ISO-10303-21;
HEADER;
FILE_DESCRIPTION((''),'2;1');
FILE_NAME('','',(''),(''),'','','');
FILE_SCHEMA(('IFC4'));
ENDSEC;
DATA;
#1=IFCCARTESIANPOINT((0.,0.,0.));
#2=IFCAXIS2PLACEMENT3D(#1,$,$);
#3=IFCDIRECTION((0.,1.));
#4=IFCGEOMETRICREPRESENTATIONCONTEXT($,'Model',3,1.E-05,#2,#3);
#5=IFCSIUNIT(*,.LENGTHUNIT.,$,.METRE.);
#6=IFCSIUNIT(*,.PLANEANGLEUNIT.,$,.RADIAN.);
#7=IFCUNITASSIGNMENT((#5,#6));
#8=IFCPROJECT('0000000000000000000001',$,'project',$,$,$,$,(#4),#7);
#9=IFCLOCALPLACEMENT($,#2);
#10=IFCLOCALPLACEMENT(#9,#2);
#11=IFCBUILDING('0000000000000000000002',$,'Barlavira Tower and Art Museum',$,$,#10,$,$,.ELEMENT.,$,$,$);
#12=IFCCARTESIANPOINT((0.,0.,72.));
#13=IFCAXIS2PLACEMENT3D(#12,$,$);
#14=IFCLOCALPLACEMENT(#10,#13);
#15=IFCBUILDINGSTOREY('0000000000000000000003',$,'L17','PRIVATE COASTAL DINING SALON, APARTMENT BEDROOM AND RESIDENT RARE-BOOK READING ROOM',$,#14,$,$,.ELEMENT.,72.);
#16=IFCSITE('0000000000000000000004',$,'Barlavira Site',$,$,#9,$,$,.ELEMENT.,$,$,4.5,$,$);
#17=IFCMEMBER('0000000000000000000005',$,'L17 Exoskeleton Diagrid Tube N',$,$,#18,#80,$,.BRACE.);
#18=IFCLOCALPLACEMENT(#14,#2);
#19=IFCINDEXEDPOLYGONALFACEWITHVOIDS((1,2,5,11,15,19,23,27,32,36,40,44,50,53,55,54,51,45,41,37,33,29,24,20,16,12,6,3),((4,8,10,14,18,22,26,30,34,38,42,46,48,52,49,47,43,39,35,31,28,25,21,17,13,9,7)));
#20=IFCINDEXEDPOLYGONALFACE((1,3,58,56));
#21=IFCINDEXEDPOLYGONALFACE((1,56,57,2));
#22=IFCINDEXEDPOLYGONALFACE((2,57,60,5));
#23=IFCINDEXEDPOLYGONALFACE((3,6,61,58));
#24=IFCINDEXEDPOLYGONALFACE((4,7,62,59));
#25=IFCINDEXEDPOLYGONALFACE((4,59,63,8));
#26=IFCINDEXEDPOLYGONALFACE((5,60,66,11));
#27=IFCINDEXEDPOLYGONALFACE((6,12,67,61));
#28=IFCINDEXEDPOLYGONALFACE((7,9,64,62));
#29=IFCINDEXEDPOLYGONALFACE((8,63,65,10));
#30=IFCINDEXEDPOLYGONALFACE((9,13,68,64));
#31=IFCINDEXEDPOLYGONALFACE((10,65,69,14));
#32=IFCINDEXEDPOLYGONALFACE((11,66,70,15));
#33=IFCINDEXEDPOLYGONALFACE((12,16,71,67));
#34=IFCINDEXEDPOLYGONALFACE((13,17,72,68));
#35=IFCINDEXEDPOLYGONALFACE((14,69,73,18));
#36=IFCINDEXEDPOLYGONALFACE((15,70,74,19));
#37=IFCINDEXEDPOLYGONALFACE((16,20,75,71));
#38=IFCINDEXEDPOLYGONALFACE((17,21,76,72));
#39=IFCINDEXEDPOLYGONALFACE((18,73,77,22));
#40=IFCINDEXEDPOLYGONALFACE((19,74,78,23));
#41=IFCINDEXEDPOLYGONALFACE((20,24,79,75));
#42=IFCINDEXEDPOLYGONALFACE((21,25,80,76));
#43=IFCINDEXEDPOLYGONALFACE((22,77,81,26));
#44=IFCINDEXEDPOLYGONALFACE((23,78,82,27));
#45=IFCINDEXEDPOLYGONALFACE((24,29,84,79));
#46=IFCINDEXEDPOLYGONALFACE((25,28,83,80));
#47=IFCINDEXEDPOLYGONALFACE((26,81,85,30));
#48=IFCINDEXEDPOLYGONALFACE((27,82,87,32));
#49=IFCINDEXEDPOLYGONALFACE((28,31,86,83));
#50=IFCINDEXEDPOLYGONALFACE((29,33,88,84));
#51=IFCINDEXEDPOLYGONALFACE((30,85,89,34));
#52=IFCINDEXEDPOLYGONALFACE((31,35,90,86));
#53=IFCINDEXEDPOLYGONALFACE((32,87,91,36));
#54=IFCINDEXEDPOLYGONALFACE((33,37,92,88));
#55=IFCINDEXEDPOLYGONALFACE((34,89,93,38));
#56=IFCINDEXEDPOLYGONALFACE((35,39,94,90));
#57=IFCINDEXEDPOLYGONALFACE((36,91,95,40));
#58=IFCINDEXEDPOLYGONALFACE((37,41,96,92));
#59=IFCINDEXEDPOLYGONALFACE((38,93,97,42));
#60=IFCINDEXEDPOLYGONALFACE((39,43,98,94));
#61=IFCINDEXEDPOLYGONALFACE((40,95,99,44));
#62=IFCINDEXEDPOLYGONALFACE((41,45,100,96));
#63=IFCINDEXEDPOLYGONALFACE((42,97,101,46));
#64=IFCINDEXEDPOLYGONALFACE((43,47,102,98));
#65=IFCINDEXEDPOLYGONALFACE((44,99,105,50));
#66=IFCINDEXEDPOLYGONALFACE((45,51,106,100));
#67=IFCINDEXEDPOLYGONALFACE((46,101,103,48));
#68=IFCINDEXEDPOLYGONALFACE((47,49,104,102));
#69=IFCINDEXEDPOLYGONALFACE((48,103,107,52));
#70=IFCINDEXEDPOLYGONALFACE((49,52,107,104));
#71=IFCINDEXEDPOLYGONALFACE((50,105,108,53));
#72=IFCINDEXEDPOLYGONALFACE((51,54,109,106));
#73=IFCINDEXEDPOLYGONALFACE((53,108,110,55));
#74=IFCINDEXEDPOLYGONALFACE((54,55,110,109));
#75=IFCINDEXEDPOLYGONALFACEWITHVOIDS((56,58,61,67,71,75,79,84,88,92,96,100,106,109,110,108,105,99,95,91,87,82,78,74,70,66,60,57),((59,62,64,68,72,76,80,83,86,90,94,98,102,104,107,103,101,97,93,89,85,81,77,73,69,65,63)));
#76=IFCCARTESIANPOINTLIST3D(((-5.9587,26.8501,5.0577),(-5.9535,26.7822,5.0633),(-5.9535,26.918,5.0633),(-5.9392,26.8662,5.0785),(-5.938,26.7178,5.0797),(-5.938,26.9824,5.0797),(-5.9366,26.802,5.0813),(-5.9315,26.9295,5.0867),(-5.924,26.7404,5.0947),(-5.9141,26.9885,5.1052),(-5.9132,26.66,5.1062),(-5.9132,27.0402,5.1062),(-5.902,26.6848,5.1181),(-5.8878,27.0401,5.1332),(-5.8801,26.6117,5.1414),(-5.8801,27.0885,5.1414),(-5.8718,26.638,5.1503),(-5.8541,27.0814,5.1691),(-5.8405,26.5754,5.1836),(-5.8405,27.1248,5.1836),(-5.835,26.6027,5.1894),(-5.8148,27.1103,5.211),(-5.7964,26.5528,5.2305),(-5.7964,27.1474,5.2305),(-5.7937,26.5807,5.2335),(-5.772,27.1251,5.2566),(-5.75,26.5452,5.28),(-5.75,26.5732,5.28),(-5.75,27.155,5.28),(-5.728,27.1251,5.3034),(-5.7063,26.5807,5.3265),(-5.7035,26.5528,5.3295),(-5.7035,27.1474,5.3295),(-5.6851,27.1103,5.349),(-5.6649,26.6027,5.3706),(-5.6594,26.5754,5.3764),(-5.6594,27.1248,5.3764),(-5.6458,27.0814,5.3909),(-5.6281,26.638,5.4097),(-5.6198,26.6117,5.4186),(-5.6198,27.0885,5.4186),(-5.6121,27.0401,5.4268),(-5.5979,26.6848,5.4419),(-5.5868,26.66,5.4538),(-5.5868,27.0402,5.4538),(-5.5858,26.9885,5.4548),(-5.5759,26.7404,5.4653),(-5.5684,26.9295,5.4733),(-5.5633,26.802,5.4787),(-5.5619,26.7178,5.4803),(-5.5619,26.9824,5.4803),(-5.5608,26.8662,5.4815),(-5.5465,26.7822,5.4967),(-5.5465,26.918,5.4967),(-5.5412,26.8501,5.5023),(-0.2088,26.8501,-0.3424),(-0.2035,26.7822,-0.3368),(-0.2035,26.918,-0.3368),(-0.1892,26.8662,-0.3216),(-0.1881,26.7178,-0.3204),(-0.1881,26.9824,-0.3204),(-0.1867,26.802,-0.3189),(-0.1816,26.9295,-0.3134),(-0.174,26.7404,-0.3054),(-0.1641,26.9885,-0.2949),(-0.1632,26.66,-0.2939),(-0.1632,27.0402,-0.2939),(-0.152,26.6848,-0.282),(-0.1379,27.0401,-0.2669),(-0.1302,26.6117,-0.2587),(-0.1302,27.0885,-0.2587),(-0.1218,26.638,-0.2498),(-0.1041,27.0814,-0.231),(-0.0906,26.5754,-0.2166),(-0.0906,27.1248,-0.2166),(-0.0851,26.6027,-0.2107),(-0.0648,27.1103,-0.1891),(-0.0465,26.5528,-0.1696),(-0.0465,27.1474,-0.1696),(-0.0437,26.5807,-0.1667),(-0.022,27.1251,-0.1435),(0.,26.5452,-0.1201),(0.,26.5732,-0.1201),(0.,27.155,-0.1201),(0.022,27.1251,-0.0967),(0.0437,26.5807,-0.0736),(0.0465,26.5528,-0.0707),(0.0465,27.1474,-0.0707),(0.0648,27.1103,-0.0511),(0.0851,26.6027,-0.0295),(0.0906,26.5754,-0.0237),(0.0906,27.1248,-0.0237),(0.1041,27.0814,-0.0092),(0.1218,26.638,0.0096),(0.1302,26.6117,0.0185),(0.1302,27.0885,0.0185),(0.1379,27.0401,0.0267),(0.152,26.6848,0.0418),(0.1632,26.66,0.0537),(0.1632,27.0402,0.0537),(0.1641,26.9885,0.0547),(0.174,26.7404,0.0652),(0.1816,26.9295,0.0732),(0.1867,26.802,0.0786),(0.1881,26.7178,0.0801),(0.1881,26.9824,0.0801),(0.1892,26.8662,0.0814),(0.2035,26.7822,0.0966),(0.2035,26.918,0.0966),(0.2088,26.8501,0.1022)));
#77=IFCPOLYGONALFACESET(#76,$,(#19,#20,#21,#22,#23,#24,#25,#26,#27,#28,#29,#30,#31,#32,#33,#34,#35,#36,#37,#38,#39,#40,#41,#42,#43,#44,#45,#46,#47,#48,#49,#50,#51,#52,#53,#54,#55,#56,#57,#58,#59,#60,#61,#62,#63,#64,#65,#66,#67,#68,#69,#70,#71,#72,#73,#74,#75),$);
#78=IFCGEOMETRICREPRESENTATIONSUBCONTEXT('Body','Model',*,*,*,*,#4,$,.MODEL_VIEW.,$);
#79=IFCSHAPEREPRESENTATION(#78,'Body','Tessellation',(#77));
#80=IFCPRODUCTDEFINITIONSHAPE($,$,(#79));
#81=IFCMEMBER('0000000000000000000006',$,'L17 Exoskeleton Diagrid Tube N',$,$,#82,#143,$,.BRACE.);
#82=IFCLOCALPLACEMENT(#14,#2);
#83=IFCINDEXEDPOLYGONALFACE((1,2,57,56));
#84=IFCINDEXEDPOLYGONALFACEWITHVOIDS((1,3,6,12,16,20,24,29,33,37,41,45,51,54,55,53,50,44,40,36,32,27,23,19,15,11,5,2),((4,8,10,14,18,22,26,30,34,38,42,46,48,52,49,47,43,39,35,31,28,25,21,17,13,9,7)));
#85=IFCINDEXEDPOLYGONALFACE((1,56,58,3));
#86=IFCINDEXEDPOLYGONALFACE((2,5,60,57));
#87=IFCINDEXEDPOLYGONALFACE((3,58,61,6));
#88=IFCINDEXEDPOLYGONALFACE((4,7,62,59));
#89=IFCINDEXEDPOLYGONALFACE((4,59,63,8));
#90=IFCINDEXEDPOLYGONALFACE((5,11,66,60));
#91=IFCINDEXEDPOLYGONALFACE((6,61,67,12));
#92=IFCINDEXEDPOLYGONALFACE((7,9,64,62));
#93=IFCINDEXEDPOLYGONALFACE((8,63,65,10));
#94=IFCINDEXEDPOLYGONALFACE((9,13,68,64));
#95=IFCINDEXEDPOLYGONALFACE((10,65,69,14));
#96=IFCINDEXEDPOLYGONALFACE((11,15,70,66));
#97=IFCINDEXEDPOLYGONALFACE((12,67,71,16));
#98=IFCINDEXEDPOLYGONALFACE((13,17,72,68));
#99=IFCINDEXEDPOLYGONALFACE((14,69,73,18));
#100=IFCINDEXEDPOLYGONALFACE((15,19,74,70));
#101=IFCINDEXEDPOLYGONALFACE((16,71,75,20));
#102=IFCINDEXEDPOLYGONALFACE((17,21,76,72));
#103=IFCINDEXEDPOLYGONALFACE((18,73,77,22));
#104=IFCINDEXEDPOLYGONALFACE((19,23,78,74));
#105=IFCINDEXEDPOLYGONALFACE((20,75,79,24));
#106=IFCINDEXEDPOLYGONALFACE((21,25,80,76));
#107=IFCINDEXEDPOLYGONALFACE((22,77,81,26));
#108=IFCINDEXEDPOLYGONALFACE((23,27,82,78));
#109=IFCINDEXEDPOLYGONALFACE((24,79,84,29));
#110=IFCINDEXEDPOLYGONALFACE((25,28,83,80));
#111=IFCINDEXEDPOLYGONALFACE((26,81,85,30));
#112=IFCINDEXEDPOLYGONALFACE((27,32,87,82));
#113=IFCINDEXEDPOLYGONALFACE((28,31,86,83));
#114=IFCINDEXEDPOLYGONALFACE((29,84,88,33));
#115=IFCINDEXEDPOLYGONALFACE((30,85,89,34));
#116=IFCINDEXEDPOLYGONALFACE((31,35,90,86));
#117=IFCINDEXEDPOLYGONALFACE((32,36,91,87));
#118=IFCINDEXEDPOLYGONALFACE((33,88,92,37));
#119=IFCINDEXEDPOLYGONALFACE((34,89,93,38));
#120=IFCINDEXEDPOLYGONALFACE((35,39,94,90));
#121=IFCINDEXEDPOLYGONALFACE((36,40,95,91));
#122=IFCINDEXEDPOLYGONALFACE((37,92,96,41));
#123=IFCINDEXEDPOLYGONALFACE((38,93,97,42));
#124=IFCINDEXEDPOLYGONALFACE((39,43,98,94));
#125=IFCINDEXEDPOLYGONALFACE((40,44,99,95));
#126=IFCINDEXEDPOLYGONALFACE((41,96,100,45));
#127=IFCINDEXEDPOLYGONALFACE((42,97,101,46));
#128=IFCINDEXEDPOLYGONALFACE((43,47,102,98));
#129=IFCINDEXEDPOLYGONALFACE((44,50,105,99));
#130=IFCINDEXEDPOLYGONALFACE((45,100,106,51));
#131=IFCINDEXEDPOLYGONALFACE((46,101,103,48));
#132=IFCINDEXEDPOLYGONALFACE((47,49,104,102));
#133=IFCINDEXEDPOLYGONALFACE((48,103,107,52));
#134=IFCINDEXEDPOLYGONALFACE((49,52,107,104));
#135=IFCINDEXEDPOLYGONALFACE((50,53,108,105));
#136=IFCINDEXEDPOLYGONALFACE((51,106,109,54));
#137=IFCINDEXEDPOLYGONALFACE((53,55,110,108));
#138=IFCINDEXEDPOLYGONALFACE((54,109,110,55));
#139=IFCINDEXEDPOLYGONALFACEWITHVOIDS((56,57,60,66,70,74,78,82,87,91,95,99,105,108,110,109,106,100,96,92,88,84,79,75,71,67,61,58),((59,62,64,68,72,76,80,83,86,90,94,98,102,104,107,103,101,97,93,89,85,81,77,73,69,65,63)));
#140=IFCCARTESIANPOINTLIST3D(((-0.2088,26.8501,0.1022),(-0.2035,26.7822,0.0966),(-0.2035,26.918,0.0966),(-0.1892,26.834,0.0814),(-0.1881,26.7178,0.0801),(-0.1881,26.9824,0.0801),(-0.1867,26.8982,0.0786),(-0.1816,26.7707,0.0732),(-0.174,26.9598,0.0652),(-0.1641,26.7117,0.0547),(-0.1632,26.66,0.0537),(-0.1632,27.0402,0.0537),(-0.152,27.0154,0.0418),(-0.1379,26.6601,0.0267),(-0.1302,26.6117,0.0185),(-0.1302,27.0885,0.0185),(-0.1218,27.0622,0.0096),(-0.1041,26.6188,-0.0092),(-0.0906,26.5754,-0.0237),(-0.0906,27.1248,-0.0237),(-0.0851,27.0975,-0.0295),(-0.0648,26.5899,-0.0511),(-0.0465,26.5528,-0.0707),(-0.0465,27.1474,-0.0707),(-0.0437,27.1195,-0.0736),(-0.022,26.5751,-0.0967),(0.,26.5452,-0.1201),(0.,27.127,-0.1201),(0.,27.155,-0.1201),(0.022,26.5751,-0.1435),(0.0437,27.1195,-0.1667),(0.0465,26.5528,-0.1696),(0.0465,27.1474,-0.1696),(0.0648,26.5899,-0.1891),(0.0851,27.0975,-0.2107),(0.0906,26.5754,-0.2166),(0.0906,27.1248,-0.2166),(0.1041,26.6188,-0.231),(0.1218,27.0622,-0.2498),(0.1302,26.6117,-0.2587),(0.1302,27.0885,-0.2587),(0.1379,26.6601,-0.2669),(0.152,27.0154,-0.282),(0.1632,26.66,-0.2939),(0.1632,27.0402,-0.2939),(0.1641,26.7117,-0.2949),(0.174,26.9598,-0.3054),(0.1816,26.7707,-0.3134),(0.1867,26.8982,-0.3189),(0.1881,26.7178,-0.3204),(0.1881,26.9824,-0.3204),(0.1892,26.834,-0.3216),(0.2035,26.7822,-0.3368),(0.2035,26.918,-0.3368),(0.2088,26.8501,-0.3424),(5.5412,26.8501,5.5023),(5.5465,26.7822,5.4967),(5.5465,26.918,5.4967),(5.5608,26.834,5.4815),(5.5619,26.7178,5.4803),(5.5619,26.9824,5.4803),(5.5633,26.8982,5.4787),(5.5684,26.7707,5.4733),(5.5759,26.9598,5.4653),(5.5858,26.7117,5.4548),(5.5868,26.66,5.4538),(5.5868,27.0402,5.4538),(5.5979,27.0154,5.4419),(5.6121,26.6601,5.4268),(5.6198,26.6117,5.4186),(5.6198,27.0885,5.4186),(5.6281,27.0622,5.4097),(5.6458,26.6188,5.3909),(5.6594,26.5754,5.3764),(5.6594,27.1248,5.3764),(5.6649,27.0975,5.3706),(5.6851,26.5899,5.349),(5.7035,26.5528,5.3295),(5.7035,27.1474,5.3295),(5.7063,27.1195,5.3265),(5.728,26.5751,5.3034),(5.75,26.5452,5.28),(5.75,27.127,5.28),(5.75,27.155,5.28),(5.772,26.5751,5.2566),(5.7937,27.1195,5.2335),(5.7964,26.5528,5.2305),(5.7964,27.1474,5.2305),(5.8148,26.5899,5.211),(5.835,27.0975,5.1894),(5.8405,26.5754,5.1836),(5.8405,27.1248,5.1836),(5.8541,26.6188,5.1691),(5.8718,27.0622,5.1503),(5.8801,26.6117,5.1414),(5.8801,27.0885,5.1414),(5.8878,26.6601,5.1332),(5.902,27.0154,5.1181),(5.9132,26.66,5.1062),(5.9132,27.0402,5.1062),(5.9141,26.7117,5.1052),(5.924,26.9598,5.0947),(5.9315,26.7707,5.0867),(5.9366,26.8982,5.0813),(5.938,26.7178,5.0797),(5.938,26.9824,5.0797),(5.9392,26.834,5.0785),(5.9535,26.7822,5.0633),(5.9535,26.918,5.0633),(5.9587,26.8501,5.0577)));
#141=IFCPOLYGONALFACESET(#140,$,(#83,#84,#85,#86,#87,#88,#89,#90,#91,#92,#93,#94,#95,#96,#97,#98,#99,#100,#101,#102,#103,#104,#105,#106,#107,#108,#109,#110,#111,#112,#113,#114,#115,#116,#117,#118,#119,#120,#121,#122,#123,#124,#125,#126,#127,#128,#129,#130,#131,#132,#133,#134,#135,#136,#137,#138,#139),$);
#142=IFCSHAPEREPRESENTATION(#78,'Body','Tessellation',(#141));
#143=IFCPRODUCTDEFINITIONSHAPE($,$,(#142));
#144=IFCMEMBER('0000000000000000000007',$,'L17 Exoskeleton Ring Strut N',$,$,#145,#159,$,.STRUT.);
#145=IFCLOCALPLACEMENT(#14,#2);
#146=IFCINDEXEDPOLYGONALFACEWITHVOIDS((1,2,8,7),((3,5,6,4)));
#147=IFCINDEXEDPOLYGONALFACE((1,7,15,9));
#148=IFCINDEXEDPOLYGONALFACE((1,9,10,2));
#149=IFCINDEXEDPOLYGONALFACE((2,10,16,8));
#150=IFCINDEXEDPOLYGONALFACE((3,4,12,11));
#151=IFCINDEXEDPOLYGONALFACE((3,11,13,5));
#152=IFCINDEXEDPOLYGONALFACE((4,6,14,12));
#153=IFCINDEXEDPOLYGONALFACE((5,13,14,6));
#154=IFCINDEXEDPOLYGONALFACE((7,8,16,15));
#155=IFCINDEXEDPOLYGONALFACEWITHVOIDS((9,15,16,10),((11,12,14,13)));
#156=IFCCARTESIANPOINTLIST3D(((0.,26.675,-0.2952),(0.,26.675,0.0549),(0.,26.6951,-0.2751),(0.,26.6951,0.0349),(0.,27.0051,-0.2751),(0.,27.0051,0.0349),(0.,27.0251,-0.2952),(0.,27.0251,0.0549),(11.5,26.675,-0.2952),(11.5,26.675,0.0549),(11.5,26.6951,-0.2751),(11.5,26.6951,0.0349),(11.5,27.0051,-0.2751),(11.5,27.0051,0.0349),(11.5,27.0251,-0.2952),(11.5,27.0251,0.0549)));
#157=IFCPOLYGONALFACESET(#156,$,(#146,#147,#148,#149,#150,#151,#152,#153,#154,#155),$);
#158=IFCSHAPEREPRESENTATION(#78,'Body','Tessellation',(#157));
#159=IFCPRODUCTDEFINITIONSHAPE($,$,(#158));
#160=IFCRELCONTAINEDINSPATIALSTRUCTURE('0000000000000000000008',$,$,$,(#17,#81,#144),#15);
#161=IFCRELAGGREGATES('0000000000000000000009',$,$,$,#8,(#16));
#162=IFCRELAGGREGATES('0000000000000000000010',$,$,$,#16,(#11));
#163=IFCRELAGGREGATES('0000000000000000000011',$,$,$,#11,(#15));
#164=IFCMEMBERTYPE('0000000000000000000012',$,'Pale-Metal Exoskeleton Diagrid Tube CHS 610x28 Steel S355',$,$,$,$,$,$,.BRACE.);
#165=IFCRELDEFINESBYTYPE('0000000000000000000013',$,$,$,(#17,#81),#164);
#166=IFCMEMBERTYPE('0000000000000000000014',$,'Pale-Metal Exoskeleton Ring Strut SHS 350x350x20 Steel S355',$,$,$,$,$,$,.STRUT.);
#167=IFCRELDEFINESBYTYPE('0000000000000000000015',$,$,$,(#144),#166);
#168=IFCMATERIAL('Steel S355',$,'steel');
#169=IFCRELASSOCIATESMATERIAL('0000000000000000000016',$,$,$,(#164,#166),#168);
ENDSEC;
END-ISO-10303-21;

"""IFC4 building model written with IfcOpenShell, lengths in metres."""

from ifc_helpers import new_model, si_unit, direction, frame, origin, origin_2d, place, context, subcontext, project, spatial, hollow_rectangle, hollow_circle, extrude, material, material_profile, profile_set, type_object, element, save


model = new_model("IFC4")

# Units and contexts
model_context = context("Model", 3, precision=1e-05, world=origin(), true_north=direction((0.0, 1.0)))
body_context = subcontext(model_context, "Body", "Model", "MODEL_VIEW")
ifc_project = project(units=[si_unit("LENGTHUNIT", "METRE"), si_unit("PLANEANGLEUNIT", "RADIAN")], contexts=[model_context])

# Site, building, storey
site_placement = place(None, origin())
site = spatial("IfcSite", under=ifc_project, at=site_placement, Name="Barlavira Site", CompositionType="ELEMENT", RefElevation=4.5)
building_placement = place(site_placement, origin())
building = spatial("IfcBuilding", under=site, at=building_placement, Name="Barlavira Tower and Art Museum", CompositionType="ELEMENT")
storey_placement = place(building_placement, frame((0.0, 0.0, 72.0)))
storey = spatial("IfcBuildingStorey", under=building, at=storey_placement, Name="L17", Description="PRIVATE COASTAL DINING SALON, APARTMENT BEDROOM AND RESIDENT RARE-BOOK READING ROOM", CompositionType="ELEMENT", Elevation=72.0)

# Members
ifc_material_1 = material(Name="Steel S355", Category="steel")
ifc_material_profile_1 = material_profile(ifc_material_1, hollow_circle(Radius=0.3049, WallThickness=0.0281, at=origin_2d()), Name="CHS 610.0x28.0")
ifc_profile_set_1 = profile_set([ifc_material_profile_1], Name="Steel S355")
member_type_1 = type_object("IfcMemberType", Name="Pale-Metal Exoskeleton Diagrid Tube CHS 610x28 Steel S355", PredefinedType="BRACE", material=ifc_profile_set_1)
for number, where, z_axis, x_axis, name in (
    (1, (0.0, 26.8501, -0.1201), (-0.728935, 0.0, 0.684583), (0.0, -1.0, 0.0), "L17 Exoskeleton Diagrid Tube N"),
    (2, (0.0, 26.8501, -0.1201), (0.728935, 0.0, 0.684583), (0.0, 1.0, 0.0), "L17 Exoskeleton Diagrid Tube N"),
):
    element("IfcMember", number, at=place(storey_placement, frame(where, z_axis=z_axis, x_axis=x_axis)), inside=storey, type_object=member_type_1, Name=name, PredefinedType="BRACE", context=body_context, shape_type="SweptSolid", body=[
        extrude(hollow_circle(Radius=0.3049, WallThickness=0.0281, at=origin_2d()), origin(), (0.0, 0.0, 1.0), 7.8882),
    ])
ifc_material_profile_2 = material_profile(ifc_material_1, hollow_rectangle(XDim=0.3501, YDim=0.3501, WallThickness=0.02, at=origin_2d()), Name="SHS 350x350x20.0")
ifc_profile_set_2 = profile_set([ifc_material_profile_2], Name="Steel S355")
member_type_2 = type_object("IfcMemberType", Name="Pale-Metal Exoskeleton Ring Strut SHS 350x350x20 Steel S355", PredefinedType="STRUT", material=ifc_profile_set_2)
member_1_placement = place(storey_placement, frame((0.0, 26.8501, -0.1201), z_axis=(1.0, 0.0, 0.0), x_axis=(0.0, 1.0, 0.0)))
element("IfcMember", 3, at=member_1_placement, inside=storey, type_object=member_type_2, Name="L17 Exoskeleton Ring Strut N", PredefinedType="STRUT", context=body_context, shape_type="SweptSolid", body=[
    extrude(hollow_rectangle(XDim=0.3501, YDim=0.3501, WallThickness=0.02, at=origin_2d()), origin(), (0.0, 0.0, 1.0), 11.5),
])

save(model, "model.ifc")
